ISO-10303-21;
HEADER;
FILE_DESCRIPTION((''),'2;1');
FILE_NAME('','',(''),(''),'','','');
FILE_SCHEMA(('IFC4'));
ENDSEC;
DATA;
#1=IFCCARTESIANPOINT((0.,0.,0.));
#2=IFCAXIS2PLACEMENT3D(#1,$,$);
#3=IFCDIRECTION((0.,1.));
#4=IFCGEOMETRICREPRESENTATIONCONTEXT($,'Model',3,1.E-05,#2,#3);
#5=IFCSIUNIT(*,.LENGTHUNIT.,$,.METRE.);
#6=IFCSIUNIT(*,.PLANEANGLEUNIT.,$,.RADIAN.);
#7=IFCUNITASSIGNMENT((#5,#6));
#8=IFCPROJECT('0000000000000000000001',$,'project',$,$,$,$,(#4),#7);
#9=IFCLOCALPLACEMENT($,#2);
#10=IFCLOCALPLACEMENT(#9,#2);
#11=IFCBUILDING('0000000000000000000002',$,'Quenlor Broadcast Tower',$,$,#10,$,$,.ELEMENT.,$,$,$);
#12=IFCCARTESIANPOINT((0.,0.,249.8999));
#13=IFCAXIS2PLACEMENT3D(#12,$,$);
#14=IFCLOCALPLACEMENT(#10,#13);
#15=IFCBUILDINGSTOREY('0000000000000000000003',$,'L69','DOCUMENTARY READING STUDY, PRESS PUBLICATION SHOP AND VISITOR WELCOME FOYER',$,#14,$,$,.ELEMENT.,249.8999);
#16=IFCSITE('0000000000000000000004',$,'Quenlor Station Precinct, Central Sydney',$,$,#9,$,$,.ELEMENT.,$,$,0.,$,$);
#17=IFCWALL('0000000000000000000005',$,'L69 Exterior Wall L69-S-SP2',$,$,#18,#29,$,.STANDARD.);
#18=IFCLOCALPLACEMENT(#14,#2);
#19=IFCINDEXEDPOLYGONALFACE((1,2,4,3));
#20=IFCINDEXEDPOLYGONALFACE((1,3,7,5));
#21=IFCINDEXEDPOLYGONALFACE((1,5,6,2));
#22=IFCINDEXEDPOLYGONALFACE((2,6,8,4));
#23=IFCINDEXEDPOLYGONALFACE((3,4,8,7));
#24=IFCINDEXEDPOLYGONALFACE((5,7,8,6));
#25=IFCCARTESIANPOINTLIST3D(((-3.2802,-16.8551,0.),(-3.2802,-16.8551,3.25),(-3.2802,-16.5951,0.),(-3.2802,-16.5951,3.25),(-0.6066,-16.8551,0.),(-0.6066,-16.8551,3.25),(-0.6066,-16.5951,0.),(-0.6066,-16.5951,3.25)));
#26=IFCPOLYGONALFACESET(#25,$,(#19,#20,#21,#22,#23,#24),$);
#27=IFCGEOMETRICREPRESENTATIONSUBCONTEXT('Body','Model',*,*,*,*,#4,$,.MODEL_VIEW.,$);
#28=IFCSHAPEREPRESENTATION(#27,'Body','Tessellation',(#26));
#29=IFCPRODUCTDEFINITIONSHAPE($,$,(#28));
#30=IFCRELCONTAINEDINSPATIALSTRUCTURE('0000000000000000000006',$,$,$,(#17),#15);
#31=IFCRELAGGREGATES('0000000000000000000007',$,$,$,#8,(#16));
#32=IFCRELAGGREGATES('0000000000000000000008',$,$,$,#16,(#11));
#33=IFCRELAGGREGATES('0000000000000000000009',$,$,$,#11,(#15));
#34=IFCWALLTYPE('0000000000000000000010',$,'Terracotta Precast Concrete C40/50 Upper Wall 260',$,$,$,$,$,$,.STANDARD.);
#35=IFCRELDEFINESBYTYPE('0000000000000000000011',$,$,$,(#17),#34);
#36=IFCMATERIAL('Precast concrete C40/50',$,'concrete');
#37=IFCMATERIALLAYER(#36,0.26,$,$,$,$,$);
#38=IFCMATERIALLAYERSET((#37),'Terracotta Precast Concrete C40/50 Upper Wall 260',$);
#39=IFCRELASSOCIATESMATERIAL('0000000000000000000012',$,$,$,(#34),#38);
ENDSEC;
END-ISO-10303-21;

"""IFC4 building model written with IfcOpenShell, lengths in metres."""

from ifc_helpers import new_model, si_unit, direction, frame, frame_2d, origin, place, context, subcontext, project, spatial, rectangle, extrude, material, layer, layer_set, type_object, element, save


model = new_model("IFC4")

# Units and contexts
model_context = context("Model", 3, precision=1e-05, world=origin(), true_north=direction((0.0, 1.0)))
body_context = subcontext(model_context, "Body", "Model", "MODEL_VIEW")
ifc_project = project(units=[si_unit("LENGTHUNIT", "METRE"), si_unit("PLANEANGLEUNIT", "RADIAN")], contexts=[model_context])

# Site, building, storey
site_placement = place(None, origin())
site = spatial("IfcSite", under=ifc_project, at=site_placement, Name="Quenlor Station Precinct, Central Sydney", CompositionType="ELEMENT", RefElevation=0.0)
building_placement = place(site_placement, origin())
building = spatial("IfcBuilding", under=site, at=building_placement, Name="Quenlor Broadcast Tower", CompositionType="ELEMENT")
storey_placement = place(building_placement, frame((0.0, 0.0, 249.8999)))
storey = spatial("IfcBuildingStorey", under=building, at=storey_placement, Name="L69", Description="DOCUMENTARY READING STUDY, PRESS PUBLICATION SHOP AND VISITOR WELCOME FOYER", CompositionType="ELEMENT", Elevation=249.8999)

# Wall
ifc_material_1 = material(Name="Precast concrete C40/50", Category="concrete")
ifc_layer_1 = layer(ifc_material_1, 0.26)
ifc_layer_set_1 = layer_set([ifc_layer_1], Name="Terracotta Precast Concrete C40/50 Upper Wall 260")
wall_type_1 = type_object("IfcWallType", Name="Terracotta Precast Concrete C40/50 Upper Wall 260", PredefinedType="STANDARD", material=ifc_layer_set_1)
wall_1_placement = place(storey_placement, frame((-0.6064, -16.7251, 0.0), z_axis=(0.0, 0.0, 1.0), x_axis=(-1.0, 0.0, 0.0)))
element("IfcWall", 1, at=wall_1_placement, inside=storey, type_object=wall_type_1, Name="L69 Exterior Wall L69-S-SP2", PredefinedType="STANDARD", context=body_context, shape_type="SweptSolid", body=[
    extrude(rectangle(XDim=2.6736, YDim=0.26, at=frame_2d((1.3369, 0.0))), origin(), (0.0, 0.0, 1.0), 3.25),
])

save(model, "model.ifc")
